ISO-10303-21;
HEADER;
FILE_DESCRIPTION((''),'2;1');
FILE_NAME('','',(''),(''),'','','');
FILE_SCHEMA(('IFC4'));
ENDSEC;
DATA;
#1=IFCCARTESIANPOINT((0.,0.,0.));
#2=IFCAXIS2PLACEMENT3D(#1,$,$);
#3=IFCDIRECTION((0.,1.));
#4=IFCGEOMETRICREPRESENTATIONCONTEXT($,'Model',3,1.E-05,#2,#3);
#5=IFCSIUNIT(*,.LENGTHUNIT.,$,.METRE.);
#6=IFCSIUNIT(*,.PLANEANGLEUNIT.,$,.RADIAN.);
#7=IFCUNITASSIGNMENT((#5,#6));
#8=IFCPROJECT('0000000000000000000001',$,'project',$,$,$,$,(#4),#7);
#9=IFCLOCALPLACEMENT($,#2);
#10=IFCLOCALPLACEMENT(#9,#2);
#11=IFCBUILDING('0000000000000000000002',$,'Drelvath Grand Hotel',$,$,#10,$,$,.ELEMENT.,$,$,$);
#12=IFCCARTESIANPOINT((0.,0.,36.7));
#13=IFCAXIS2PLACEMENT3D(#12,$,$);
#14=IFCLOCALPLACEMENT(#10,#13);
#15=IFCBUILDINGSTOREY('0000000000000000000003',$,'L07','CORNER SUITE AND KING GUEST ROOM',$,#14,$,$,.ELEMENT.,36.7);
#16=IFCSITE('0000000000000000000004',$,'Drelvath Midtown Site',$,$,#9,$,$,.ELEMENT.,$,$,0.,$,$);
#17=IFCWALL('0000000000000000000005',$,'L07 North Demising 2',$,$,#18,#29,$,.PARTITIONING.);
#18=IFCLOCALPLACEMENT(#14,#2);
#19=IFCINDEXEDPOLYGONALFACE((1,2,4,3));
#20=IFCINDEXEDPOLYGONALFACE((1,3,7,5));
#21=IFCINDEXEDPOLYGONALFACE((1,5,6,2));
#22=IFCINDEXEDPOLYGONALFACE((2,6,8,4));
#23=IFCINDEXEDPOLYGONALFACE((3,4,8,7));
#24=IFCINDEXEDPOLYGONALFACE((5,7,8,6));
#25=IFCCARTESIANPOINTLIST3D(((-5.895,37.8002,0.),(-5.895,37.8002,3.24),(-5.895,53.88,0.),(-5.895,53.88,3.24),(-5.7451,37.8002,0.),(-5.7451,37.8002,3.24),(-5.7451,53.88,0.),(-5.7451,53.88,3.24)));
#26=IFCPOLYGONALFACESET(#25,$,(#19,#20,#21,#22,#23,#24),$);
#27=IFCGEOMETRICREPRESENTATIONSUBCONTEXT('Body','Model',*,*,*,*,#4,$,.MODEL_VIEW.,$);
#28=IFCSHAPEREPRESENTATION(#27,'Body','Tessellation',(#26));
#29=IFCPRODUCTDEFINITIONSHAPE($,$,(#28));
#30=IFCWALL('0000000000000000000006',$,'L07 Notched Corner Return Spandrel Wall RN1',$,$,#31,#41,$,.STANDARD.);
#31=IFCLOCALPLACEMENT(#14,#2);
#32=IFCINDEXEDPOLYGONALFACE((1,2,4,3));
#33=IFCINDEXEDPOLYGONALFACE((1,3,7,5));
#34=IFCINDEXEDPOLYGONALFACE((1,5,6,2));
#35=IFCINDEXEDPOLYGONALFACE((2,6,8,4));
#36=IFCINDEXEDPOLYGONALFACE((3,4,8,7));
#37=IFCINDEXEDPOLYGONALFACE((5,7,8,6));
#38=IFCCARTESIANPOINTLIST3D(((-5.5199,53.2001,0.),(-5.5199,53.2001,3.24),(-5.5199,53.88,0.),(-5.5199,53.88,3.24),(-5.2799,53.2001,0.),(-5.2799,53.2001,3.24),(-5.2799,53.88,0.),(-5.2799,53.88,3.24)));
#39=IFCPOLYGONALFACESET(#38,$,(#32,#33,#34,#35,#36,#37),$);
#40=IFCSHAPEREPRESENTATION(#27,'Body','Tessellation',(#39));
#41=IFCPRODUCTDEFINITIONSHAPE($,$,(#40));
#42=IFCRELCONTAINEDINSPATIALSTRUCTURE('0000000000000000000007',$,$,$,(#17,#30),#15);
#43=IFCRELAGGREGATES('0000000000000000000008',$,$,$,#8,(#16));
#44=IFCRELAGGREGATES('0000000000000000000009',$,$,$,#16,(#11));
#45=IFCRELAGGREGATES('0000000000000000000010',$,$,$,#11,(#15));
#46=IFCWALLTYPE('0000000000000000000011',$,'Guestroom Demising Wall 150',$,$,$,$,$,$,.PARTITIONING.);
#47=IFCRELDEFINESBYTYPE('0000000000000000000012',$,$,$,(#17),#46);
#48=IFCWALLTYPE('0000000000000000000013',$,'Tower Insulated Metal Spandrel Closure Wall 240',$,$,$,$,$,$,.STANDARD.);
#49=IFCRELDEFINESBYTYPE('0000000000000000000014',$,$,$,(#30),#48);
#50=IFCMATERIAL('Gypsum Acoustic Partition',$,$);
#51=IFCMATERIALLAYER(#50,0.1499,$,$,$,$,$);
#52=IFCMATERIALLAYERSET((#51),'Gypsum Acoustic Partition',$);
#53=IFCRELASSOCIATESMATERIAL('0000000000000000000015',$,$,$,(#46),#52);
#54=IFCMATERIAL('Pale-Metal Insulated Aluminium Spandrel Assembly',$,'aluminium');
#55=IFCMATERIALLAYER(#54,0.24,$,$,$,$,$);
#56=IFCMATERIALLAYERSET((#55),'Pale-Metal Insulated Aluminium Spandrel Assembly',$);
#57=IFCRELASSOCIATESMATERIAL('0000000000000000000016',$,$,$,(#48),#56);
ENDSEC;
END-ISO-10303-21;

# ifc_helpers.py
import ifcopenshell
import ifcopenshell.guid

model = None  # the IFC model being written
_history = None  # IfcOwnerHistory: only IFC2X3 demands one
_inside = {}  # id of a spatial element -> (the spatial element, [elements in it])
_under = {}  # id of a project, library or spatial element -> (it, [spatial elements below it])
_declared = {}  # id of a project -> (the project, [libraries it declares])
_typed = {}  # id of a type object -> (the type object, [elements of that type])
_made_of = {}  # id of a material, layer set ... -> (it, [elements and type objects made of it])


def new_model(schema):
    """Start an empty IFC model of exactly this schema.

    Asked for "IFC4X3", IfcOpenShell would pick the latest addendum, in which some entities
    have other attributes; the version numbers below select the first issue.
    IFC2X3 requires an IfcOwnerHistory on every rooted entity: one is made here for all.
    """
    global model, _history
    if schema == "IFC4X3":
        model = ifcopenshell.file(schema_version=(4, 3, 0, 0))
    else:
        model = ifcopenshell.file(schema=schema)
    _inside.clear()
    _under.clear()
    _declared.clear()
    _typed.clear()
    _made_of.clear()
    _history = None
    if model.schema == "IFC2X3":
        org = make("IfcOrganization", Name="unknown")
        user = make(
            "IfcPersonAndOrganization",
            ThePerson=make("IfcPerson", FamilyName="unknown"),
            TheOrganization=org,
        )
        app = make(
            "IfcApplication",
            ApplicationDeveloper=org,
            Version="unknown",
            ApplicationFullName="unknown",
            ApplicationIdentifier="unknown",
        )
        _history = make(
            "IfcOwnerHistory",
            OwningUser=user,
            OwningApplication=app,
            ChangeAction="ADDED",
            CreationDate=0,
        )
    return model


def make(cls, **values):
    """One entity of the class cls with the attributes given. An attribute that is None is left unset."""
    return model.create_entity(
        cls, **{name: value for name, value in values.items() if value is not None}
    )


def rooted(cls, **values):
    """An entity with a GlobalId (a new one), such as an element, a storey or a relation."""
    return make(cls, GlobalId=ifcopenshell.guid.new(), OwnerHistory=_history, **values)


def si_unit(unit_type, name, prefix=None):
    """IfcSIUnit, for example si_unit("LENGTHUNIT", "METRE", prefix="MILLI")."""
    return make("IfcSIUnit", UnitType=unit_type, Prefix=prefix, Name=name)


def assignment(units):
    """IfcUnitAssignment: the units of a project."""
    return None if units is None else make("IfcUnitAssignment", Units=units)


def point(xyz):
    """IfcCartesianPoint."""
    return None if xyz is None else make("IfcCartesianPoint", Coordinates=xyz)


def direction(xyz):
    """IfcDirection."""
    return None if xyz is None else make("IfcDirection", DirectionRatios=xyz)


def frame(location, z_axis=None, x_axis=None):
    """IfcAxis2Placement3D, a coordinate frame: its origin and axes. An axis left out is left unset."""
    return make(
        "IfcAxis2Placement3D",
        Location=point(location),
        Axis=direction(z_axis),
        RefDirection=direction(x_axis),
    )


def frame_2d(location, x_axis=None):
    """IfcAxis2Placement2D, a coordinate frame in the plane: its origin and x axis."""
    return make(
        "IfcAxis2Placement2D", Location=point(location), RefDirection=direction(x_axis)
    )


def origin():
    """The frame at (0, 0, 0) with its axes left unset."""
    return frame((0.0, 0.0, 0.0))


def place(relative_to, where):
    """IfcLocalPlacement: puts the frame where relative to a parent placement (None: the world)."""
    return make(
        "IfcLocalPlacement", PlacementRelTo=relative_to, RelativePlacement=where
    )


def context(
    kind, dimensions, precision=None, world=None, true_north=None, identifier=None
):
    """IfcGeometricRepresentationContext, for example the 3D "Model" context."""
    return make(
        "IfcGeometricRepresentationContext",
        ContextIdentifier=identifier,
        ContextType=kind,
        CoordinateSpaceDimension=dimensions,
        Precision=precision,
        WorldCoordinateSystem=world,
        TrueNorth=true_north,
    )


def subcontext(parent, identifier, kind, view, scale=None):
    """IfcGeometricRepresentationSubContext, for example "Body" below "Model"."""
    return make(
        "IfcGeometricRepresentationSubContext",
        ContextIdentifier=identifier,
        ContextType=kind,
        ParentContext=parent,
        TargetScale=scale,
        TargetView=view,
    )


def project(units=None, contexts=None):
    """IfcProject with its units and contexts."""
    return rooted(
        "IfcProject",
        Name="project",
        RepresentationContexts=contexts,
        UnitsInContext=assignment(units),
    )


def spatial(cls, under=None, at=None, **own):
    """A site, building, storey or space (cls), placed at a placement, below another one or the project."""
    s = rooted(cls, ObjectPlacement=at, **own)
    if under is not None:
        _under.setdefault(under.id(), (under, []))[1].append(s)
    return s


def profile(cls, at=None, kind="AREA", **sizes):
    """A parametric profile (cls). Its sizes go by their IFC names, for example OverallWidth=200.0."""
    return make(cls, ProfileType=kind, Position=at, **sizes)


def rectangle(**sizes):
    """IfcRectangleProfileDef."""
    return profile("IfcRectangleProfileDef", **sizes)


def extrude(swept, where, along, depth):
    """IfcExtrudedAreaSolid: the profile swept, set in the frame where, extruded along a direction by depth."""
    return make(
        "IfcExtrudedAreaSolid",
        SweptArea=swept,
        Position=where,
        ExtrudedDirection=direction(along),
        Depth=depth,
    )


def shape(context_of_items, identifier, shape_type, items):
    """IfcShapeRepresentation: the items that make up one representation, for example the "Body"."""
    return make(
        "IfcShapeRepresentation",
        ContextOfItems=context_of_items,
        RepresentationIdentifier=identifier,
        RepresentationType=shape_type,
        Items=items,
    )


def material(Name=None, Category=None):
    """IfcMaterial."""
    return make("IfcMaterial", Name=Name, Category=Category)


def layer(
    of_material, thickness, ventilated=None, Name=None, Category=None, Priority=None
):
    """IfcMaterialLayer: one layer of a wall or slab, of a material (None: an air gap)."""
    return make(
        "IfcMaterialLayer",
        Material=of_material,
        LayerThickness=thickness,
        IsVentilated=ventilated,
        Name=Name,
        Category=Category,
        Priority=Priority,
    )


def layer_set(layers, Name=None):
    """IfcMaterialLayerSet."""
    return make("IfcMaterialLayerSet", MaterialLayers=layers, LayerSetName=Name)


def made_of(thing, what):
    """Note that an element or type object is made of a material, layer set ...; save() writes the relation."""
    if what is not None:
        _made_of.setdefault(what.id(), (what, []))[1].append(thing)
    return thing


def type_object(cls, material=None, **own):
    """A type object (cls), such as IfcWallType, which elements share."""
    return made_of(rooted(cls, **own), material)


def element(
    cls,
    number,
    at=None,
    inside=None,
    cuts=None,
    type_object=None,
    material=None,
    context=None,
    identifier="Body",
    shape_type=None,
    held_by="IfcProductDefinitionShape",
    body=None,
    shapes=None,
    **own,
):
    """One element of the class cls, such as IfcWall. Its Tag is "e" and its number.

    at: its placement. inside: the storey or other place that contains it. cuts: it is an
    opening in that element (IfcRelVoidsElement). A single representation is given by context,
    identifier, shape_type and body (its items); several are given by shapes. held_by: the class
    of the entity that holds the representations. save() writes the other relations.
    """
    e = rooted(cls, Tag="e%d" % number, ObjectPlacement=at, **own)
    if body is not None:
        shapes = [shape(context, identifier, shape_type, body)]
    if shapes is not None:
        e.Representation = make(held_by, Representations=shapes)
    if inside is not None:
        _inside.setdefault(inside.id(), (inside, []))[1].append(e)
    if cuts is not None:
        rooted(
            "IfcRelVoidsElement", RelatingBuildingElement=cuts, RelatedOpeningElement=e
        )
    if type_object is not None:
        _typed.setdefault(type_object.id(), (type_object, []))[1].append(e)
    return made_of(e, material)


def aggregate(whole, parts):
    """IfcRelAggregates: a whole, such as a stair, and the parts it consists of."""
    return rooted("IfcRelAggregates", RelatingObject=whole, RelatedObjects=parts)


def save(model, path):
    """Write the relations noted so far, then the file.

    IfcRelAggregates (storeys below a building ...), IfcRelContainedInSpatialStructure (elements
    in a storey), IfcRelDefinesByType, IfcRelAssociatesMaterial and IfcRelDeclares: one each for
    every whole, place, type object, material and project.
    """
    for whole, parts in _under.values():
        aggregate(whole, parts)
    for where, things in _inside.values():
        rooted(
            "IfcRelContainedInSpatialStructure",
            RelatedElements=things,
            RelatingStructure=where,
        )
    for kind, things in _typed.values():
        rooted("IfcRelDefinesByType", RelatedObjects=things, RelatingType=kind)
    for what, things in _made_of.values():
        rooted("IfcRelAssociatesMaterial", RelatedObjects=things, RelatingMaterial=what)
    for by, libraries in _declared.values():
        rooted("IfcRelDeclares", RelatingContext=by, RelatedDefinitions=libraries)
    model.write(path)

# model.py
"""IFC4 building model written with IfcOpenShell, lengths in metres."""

from ifc_helpers import new_model, si_unit, direction, frame, frame_2d, origin, place, context, subcontext, project, spatial, rectangle, extrude, material, layer, layer_set, type_object, element, save


model = new_model("IFC4")

# Units and contexts
model_context = context("Model", 3, precision=1e-05, world=origin(), true_north=direction((0.0, 1.0)))
body_context = subcontext(model_context, "Body", "Model", "MODEL_VIEW")
ifc_project = project(units=[si_unit("LENGTHUNIT", "METRE"), si_unit("PLANEANGLEUNIT", "RADIAN")], contexts=[model_context])

# Site, building, storey
site_placement = place(None, origin())
site = spatial("IfcSite", under=ifc_project, at=site_placement, Name="Drelvath Midtown Site", CompositionType="ELEMENT", RefElevation=0.0)
building_placement = place(site_placement, origin())
building = spatial("IfcBuilding", under=site, at=building_placement, Name="Drelvath Grand Hotel", CompositionType="ELEMENT")
storey_placement = place(building_placement, frame((0.0, 0.0, 36.7)))
storey = spatial("IfcBuildingStorey", under=building, at=storey_placement, Name="L07", Description="CORNER SUITE AND KING GUEST ROOM", CompositionType="ELEMENT", Elevation=36.7)

# Walls
ifc_material_1 = material(Name="Gypsum Acoustic Partition")
ifc_layer_1 = layer(ifc_material_1, 0.1499)
ifc_layer_set_1 = layer_set([ifc_layer_1], Name="Gypsum Acoustic Partition")
wall_type_1 = type_object("IfcWallType", Name="Guestroom Demising Wall 150", PredefinedType="PARTITIONING", material=ifc_layer_set_1)
for number, where, z_axis, x_axis, name in (
    (1, (-5.8201, 37.8, 0.0), (0.0, 0.0, 1.0), (0.0, 1.0, 0.0), "L07 North Demising 2"),
):
    element("IfcWall", number, at=place(storey_placement, frame(where, z_axis=z_axis, x_axis=x_axis)), inside=storey, type_object=wall_type_1, Name=name, PredefinedType="PARTITIONING", context=body_context, shape_type="SweptSolid", body=[
        extrude(rectangle(XDim=16.0798, YDim=0.1499, at=frame_2d((8.04, 0.0))), origin(), (0.0, 0.0, 1.0), 3.24),
    ])
ifc_material_2 = material(Name="Pale-Metal Insulated Aluminium Spandrel Assembly", Category="aluminium")
ifc_layer_2 = layer(ifc_material_2, 0.24)
ifc_layer_set_2 = layer_set([ifc_layer_2], Name="Pale-Metal Insulated Aluminium Spandrel Assembly")
wall_type_2 = type_object("IfcWallType", Name="Tower Insulated Metal Spandrel Closure Wall 240", PredefinedType="STANDARD", material=ifc_layer_set_2)
wall_1_placement = place(storey_placement, frame((-5.3999, 53.8799, 0.0), z_axis=(0.0, 0.0, 1.0), x_axis=(0.0, -1.0, 0.0)))
element("IfcWall", 2, at=wall_1_placement, inside=storey, type_object=wall_type_2, Name="L07 Notched Corner Return Spandrel Wall RN1", PredefinedType="STANDARD", context=body_context, shape_type="SweptSolid", body=[
    extrude(rectangle(XDim=0.6799, YDim=0.24, at=frame_2d((0.3398, 0.0))), origin(), (0.0, 0.0, 1.0), 3.24),
])

save(model, "model.ifc")
